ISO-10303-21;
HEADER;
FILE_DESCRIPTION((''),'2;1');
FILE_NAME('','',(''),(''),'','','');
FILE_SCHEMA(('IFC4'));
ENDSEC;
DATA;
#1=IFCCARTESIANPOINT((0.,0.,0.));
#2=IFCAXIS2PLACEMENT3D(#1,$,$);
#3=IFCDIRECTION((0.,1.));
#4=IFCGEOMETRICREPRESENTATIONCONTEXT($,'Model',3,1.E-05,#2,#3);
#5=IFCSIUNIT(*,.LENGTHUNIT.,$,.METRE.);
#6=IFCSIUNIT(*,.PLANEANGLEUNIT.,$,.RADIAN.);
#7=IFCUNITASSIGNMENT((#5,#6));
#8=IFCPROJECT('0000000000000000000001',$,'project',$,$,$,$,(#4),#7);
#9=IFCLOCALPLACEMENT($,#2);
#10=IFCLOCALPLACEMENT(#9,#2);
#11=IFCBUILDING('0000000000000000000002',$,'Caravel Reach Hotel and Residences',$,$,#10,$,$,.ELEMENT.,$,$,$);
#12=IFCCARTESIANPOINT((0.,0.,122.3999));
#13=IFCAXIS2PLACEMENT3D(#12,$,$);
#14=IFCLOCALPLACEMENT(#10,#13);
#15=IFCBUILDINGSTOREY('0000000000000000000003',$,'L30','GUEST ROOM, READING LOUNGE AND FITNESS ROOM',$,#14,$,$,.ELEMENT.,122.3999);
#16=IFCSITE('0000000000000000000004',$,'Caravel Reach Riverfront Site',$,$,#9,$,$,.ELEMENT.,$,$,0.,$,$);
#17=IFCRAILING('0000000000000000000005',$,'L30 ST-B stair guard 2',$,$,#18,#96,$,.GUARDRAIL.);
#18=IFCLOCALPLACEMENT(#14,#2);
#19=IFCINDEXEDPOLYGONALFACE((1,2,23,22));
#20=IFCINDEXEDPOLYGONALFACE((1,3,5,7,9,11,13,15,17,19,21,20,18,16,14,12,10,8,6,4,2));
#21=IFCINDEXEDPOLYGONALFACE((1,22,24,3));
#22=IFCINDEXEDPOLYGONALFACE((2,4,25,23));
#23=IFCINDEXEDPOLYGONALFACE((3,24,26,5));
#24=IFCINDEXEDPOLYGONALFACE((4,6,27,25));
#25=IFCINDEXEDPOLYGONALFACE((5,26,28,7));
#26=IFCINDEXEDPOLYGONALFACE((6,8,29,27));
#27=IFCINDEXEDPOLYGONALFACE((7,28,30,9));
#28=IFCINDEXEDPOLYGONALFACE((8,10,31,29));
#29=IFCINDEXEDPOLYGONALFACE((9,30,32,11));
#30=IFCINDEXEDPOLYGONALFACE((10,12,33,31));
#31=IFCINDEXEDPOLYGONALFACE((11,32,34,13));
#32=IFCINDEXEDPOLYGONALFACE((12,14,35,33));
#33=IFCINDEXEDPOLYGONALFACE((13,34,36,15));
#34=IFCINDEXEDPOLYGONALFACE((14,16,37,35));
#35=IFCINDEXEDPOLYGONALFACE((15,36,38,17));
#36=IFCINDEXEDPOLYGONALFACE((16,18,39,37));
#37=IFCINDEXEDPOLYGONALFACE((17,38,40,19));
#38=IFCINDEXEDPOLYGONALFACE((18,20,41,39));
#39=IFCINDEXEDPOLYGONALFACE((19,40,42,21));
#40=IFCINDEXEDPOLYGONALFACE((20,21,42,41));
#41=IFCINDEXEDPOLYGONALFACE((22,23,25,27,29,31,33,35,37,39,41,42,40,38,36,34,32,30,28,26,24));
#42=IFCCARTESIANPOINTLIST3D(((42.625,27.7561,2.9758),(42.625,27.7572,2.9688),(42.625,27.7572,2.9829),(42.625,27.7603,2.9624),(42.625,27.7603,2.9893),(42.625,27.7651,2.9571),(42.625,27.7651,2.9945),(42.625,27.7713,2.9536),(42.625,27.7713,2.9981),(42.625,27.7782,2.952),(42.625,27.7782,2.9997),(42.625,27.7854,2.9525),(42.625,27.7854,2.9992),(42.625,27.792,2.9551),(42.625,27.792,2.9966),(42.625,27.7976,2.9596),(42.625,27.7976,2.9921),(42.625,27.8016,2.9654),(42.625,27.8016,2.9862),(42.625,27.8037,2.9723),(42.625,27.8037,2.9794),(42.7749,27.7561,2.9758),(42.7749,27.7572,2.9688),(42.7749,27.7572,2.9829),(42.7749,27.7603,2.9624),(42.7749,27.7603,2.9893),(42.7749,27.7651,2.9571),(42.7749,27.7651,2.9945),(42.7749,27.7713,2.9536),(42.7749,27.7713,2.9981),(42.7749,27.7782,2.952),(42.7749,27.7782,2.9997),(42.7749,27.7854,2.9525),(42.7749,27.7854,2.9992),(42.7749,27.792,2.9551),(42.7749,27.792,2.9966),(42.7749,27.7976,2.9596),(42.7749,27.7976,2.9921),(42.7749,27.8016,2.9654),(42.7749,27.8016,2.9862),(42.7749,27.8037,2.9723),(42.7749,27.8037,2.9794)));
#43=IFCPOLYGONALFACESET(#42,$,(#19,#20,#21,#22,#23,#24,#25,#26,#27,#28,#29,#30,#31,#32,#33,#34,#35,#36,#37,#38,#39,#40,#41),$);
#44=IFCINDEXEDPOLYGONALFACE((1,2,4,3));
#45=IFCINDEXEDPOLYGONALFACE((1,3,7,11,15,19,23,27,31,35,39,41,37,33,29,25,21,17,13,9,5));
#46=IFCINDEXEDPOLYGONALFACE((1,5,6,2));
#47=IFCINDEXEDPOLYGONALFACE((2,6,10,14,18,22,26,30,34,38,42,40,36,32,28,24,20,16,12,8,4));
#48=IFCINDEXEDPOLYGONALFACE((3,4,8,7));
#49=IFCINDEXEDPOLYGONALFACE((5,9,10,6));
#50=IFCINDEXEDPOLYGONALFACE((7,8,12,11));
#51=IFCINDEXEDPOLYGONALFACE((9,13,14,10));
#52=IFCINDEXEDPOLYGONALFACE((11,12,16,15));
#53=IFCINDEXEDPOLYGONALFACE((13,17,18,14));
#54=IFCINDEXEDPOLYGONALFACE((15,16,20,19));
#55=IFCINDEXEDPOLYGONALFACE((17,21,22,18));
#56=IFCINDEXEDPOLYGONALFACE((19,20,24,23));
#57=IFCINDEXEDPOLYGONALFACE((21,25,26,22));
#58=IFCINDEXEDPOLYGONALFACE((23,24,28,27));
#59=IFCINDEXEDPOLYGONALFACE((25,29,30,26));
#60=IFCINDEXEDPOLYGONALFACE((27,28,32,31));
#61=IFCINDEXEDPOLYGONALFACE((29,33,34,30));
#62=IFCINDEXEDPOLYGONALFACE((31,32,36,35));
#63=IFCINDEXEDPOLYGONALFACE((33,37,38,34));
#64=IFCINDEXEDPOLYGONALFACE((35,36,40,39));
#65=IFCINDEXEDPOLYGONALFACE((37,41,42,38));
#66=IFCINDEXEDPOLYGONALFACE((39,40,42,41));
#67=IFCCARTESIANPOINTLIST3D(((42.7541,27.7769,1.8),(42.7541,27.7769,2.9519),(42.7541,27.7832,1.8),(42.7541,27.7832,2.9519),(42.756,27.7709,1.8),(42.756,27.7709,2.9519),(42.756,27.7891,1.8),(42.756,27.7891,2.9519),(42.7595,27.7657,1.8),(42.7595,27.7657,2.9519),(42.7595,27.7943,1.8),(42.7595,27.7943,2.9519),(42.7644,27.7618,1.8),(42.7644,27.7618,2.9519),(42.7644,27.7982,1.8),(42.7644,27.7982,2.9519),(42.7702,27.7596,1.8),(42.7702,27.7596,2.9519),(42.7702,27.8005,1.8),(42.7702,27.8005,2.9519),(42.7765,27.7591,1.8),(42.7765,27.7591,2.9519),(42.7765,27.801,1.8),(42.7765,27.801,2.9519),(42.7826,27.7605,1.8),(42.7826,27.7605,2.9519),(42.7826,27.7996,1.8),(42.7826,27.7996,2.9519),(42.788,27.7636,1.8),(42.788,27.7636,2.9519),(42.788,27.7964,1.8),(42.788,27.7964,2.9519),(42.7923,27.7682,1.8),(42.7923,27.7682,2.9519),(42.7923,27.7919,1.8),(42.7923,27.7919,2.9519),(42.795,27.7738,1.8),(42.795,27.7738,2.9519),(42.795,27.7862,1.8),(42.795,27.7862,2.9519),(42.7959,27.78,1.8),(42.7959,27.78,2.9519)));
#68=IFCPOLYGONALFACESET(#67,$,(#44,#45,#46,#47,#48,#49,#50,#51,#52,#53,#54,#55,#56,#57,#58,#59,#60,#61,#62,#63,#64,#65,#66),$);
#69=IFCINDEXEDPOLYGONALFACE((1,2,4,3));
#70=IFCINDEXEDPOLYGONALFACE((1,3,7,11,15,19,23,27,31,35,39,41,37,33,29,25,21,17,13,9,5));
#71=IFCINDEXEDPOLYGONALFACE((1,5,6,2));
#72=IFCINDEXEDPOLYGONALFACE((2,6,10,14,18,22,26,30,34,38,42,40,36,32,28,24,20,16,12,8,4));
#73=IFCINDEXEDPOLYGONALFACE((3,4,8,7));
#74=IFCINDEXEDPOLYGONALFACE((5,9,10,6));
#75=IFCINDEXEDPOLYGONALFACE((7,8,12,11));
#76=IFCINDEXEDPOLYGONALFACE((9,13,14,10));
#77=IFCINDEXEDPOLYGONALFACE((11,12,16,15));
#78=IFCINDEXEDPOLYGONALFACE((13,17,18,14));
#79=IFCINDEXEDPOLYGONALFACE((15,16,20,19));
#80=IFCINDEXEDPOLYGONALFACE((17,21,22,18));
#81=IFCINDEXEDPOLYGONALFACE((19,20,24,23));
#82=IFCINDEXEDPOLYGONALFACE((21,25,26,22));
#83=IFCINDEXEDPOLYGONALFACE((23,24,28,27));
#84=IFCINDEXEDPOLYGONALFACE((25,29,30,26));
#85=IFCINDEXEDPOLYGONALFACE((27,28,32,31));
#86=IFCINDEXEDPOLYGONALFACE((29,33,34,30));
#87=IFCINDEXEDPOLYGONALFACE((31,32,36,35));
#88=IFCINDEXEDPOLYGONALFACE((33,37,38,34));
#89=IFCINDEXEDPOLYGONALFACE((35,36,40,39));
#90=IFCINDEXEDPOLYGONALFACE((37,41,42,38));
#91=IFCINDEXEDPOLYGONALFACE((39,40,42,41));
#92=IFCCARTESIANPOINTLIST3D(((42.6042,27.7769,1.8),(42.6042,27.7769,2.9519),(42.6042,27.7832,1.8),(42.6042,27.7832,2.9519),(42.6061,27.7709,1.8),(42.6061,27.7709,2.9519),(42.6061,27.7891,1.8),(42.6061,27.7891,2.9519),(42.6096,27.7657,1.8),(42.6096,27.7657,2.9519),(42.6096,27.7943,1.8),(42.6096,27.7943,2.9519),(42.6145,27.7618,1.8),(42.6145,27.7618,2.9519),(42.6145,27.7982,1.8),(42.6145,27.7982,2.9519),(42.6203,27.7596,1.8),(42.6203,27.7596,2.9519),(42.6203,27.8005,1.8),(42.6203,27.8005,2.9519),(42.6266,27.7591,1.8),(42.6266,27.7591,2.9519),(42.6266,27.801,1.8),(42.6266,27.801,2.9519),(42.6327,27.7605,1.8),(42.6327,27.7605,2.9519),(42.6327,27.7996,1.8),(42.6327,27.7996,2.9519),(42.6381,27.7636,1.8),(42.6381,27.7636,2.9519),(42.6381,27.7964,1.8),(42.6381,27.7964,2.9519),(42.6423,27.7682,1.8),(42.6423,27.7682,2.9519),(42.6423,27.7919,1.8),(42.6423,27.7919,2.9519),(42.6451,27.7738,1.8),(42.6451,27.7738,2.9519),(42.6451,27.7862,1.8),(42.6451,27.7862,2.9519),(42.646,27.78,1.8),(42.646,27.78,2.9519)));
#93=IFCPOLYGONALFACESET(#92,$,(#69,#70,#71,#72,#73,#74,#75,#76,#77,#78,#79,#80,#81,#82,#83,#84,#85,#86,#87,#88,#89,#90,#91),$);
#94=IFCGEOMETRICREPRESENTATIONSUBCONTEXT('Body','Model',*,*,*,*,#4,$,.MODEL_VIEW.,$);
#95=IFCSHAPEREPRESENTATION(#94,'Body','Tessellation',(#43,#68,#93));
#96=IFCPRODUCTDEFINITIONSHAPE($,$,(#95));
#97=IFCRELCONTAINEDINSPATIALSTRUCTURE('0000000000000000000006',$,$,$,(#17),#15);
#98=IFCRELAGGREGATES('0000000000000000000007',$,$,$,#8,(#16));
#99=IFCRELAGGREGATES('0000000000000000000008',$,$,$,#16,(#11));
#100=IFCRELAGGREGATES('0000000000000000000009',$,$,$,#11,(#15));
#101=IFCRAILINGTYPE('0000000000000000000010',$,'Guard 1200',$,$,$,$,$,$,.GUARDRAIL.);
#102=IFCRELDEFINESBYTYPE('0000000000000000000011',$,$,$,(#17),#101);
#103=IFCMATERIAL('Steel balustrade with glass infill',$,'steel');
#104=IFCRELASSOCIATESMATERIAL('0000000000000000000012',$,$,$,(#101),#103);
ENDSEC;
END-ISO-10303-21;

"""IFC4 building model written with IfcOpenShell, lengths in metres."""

from ifc_helpers import new_model, si_unit, direction, frame, origin, origin_2d, place, context, subcontext, project, spatial, circle, extrude, material, type_object, element, save


model = new_model("IFC4")

# Units and contexts
model_context = context("Model", 3, precision=1e-05, world=origin(), true_north=direction((0.0, 1.0)))
body_context = subcontext(model_context, "Body", "Model", "MODEL_VIEW")
ifc_project = project(units=[si_unit("LENGTHUNIT", "METRE"), si_unit("PLANEANGLEUNIT", "RADIAN")], contexts=[model_context])

# Site, building, storey
site_placement = place(None, origin())
site = spatial("IfcSite", under=ifc_project, at=site_placement, Name="Caravel Reach Riverfront Site", CompositionType="ELEMENT", RefElevation=0.0)
building_placement = place(site_placement, origin())
building = spatial("IfcBuilding", under=site, at=building_placement, Name="Caravel Reach Hotel and Residences", CompositionType="ELEMENT")
storey_placement = place(building_placement, frame((0.0, 0.0, 122.3999)))
storey = spatial("IfcBuildingStorey", under=building, at=storey_placement, Name="L30", Description="GUEST ROOM, READING LOUNGE AND FITNESS ROOM", CompositionType="ELEMENT", Elevation=122.3999)

# Railing
ifc_material_1 = material(Name="Steel balustrade with glass infill", Category="steel")
railing_type_1 = type_object("IfcRailingType", Name="Guard 1200", PredefinedType="GUARDRAIL", material=ifc_material_1)
railing_1_placement = place(storey_placement, frame((42.7749, 27.78, 1.8)))
element("IfcRailing", 1, at=railing_1_placement, inside=storey, type_object=railing_type_1, Name="L30 ST-B stair guard 2", PredefinedType="GUARDRAIL", context=body_context, shape_type="SweptSolid", body=[
    extrude(circle(Radius=0.0239, at=origin_2d()), frame((0.0, 0.0, 1.1758), z_axis=(-1.0, 0.0, 0.0), x_axis=(0.0, -1.0, 0.0)), (0.0, 0.0, 1.0), 0.1499),
    extrude(circle(Radius=0.021, at=origin_2d()), origin(), (0.0, 0.0, 1.0), 1.1519),
    extrude(circle(Radius=0.021, at=origin_2d()), frame((-0.1499, 0.0, 0.0)), (0.0, 0.0, 1.0), 1.1519),
])

save(model, "model.ifc")
